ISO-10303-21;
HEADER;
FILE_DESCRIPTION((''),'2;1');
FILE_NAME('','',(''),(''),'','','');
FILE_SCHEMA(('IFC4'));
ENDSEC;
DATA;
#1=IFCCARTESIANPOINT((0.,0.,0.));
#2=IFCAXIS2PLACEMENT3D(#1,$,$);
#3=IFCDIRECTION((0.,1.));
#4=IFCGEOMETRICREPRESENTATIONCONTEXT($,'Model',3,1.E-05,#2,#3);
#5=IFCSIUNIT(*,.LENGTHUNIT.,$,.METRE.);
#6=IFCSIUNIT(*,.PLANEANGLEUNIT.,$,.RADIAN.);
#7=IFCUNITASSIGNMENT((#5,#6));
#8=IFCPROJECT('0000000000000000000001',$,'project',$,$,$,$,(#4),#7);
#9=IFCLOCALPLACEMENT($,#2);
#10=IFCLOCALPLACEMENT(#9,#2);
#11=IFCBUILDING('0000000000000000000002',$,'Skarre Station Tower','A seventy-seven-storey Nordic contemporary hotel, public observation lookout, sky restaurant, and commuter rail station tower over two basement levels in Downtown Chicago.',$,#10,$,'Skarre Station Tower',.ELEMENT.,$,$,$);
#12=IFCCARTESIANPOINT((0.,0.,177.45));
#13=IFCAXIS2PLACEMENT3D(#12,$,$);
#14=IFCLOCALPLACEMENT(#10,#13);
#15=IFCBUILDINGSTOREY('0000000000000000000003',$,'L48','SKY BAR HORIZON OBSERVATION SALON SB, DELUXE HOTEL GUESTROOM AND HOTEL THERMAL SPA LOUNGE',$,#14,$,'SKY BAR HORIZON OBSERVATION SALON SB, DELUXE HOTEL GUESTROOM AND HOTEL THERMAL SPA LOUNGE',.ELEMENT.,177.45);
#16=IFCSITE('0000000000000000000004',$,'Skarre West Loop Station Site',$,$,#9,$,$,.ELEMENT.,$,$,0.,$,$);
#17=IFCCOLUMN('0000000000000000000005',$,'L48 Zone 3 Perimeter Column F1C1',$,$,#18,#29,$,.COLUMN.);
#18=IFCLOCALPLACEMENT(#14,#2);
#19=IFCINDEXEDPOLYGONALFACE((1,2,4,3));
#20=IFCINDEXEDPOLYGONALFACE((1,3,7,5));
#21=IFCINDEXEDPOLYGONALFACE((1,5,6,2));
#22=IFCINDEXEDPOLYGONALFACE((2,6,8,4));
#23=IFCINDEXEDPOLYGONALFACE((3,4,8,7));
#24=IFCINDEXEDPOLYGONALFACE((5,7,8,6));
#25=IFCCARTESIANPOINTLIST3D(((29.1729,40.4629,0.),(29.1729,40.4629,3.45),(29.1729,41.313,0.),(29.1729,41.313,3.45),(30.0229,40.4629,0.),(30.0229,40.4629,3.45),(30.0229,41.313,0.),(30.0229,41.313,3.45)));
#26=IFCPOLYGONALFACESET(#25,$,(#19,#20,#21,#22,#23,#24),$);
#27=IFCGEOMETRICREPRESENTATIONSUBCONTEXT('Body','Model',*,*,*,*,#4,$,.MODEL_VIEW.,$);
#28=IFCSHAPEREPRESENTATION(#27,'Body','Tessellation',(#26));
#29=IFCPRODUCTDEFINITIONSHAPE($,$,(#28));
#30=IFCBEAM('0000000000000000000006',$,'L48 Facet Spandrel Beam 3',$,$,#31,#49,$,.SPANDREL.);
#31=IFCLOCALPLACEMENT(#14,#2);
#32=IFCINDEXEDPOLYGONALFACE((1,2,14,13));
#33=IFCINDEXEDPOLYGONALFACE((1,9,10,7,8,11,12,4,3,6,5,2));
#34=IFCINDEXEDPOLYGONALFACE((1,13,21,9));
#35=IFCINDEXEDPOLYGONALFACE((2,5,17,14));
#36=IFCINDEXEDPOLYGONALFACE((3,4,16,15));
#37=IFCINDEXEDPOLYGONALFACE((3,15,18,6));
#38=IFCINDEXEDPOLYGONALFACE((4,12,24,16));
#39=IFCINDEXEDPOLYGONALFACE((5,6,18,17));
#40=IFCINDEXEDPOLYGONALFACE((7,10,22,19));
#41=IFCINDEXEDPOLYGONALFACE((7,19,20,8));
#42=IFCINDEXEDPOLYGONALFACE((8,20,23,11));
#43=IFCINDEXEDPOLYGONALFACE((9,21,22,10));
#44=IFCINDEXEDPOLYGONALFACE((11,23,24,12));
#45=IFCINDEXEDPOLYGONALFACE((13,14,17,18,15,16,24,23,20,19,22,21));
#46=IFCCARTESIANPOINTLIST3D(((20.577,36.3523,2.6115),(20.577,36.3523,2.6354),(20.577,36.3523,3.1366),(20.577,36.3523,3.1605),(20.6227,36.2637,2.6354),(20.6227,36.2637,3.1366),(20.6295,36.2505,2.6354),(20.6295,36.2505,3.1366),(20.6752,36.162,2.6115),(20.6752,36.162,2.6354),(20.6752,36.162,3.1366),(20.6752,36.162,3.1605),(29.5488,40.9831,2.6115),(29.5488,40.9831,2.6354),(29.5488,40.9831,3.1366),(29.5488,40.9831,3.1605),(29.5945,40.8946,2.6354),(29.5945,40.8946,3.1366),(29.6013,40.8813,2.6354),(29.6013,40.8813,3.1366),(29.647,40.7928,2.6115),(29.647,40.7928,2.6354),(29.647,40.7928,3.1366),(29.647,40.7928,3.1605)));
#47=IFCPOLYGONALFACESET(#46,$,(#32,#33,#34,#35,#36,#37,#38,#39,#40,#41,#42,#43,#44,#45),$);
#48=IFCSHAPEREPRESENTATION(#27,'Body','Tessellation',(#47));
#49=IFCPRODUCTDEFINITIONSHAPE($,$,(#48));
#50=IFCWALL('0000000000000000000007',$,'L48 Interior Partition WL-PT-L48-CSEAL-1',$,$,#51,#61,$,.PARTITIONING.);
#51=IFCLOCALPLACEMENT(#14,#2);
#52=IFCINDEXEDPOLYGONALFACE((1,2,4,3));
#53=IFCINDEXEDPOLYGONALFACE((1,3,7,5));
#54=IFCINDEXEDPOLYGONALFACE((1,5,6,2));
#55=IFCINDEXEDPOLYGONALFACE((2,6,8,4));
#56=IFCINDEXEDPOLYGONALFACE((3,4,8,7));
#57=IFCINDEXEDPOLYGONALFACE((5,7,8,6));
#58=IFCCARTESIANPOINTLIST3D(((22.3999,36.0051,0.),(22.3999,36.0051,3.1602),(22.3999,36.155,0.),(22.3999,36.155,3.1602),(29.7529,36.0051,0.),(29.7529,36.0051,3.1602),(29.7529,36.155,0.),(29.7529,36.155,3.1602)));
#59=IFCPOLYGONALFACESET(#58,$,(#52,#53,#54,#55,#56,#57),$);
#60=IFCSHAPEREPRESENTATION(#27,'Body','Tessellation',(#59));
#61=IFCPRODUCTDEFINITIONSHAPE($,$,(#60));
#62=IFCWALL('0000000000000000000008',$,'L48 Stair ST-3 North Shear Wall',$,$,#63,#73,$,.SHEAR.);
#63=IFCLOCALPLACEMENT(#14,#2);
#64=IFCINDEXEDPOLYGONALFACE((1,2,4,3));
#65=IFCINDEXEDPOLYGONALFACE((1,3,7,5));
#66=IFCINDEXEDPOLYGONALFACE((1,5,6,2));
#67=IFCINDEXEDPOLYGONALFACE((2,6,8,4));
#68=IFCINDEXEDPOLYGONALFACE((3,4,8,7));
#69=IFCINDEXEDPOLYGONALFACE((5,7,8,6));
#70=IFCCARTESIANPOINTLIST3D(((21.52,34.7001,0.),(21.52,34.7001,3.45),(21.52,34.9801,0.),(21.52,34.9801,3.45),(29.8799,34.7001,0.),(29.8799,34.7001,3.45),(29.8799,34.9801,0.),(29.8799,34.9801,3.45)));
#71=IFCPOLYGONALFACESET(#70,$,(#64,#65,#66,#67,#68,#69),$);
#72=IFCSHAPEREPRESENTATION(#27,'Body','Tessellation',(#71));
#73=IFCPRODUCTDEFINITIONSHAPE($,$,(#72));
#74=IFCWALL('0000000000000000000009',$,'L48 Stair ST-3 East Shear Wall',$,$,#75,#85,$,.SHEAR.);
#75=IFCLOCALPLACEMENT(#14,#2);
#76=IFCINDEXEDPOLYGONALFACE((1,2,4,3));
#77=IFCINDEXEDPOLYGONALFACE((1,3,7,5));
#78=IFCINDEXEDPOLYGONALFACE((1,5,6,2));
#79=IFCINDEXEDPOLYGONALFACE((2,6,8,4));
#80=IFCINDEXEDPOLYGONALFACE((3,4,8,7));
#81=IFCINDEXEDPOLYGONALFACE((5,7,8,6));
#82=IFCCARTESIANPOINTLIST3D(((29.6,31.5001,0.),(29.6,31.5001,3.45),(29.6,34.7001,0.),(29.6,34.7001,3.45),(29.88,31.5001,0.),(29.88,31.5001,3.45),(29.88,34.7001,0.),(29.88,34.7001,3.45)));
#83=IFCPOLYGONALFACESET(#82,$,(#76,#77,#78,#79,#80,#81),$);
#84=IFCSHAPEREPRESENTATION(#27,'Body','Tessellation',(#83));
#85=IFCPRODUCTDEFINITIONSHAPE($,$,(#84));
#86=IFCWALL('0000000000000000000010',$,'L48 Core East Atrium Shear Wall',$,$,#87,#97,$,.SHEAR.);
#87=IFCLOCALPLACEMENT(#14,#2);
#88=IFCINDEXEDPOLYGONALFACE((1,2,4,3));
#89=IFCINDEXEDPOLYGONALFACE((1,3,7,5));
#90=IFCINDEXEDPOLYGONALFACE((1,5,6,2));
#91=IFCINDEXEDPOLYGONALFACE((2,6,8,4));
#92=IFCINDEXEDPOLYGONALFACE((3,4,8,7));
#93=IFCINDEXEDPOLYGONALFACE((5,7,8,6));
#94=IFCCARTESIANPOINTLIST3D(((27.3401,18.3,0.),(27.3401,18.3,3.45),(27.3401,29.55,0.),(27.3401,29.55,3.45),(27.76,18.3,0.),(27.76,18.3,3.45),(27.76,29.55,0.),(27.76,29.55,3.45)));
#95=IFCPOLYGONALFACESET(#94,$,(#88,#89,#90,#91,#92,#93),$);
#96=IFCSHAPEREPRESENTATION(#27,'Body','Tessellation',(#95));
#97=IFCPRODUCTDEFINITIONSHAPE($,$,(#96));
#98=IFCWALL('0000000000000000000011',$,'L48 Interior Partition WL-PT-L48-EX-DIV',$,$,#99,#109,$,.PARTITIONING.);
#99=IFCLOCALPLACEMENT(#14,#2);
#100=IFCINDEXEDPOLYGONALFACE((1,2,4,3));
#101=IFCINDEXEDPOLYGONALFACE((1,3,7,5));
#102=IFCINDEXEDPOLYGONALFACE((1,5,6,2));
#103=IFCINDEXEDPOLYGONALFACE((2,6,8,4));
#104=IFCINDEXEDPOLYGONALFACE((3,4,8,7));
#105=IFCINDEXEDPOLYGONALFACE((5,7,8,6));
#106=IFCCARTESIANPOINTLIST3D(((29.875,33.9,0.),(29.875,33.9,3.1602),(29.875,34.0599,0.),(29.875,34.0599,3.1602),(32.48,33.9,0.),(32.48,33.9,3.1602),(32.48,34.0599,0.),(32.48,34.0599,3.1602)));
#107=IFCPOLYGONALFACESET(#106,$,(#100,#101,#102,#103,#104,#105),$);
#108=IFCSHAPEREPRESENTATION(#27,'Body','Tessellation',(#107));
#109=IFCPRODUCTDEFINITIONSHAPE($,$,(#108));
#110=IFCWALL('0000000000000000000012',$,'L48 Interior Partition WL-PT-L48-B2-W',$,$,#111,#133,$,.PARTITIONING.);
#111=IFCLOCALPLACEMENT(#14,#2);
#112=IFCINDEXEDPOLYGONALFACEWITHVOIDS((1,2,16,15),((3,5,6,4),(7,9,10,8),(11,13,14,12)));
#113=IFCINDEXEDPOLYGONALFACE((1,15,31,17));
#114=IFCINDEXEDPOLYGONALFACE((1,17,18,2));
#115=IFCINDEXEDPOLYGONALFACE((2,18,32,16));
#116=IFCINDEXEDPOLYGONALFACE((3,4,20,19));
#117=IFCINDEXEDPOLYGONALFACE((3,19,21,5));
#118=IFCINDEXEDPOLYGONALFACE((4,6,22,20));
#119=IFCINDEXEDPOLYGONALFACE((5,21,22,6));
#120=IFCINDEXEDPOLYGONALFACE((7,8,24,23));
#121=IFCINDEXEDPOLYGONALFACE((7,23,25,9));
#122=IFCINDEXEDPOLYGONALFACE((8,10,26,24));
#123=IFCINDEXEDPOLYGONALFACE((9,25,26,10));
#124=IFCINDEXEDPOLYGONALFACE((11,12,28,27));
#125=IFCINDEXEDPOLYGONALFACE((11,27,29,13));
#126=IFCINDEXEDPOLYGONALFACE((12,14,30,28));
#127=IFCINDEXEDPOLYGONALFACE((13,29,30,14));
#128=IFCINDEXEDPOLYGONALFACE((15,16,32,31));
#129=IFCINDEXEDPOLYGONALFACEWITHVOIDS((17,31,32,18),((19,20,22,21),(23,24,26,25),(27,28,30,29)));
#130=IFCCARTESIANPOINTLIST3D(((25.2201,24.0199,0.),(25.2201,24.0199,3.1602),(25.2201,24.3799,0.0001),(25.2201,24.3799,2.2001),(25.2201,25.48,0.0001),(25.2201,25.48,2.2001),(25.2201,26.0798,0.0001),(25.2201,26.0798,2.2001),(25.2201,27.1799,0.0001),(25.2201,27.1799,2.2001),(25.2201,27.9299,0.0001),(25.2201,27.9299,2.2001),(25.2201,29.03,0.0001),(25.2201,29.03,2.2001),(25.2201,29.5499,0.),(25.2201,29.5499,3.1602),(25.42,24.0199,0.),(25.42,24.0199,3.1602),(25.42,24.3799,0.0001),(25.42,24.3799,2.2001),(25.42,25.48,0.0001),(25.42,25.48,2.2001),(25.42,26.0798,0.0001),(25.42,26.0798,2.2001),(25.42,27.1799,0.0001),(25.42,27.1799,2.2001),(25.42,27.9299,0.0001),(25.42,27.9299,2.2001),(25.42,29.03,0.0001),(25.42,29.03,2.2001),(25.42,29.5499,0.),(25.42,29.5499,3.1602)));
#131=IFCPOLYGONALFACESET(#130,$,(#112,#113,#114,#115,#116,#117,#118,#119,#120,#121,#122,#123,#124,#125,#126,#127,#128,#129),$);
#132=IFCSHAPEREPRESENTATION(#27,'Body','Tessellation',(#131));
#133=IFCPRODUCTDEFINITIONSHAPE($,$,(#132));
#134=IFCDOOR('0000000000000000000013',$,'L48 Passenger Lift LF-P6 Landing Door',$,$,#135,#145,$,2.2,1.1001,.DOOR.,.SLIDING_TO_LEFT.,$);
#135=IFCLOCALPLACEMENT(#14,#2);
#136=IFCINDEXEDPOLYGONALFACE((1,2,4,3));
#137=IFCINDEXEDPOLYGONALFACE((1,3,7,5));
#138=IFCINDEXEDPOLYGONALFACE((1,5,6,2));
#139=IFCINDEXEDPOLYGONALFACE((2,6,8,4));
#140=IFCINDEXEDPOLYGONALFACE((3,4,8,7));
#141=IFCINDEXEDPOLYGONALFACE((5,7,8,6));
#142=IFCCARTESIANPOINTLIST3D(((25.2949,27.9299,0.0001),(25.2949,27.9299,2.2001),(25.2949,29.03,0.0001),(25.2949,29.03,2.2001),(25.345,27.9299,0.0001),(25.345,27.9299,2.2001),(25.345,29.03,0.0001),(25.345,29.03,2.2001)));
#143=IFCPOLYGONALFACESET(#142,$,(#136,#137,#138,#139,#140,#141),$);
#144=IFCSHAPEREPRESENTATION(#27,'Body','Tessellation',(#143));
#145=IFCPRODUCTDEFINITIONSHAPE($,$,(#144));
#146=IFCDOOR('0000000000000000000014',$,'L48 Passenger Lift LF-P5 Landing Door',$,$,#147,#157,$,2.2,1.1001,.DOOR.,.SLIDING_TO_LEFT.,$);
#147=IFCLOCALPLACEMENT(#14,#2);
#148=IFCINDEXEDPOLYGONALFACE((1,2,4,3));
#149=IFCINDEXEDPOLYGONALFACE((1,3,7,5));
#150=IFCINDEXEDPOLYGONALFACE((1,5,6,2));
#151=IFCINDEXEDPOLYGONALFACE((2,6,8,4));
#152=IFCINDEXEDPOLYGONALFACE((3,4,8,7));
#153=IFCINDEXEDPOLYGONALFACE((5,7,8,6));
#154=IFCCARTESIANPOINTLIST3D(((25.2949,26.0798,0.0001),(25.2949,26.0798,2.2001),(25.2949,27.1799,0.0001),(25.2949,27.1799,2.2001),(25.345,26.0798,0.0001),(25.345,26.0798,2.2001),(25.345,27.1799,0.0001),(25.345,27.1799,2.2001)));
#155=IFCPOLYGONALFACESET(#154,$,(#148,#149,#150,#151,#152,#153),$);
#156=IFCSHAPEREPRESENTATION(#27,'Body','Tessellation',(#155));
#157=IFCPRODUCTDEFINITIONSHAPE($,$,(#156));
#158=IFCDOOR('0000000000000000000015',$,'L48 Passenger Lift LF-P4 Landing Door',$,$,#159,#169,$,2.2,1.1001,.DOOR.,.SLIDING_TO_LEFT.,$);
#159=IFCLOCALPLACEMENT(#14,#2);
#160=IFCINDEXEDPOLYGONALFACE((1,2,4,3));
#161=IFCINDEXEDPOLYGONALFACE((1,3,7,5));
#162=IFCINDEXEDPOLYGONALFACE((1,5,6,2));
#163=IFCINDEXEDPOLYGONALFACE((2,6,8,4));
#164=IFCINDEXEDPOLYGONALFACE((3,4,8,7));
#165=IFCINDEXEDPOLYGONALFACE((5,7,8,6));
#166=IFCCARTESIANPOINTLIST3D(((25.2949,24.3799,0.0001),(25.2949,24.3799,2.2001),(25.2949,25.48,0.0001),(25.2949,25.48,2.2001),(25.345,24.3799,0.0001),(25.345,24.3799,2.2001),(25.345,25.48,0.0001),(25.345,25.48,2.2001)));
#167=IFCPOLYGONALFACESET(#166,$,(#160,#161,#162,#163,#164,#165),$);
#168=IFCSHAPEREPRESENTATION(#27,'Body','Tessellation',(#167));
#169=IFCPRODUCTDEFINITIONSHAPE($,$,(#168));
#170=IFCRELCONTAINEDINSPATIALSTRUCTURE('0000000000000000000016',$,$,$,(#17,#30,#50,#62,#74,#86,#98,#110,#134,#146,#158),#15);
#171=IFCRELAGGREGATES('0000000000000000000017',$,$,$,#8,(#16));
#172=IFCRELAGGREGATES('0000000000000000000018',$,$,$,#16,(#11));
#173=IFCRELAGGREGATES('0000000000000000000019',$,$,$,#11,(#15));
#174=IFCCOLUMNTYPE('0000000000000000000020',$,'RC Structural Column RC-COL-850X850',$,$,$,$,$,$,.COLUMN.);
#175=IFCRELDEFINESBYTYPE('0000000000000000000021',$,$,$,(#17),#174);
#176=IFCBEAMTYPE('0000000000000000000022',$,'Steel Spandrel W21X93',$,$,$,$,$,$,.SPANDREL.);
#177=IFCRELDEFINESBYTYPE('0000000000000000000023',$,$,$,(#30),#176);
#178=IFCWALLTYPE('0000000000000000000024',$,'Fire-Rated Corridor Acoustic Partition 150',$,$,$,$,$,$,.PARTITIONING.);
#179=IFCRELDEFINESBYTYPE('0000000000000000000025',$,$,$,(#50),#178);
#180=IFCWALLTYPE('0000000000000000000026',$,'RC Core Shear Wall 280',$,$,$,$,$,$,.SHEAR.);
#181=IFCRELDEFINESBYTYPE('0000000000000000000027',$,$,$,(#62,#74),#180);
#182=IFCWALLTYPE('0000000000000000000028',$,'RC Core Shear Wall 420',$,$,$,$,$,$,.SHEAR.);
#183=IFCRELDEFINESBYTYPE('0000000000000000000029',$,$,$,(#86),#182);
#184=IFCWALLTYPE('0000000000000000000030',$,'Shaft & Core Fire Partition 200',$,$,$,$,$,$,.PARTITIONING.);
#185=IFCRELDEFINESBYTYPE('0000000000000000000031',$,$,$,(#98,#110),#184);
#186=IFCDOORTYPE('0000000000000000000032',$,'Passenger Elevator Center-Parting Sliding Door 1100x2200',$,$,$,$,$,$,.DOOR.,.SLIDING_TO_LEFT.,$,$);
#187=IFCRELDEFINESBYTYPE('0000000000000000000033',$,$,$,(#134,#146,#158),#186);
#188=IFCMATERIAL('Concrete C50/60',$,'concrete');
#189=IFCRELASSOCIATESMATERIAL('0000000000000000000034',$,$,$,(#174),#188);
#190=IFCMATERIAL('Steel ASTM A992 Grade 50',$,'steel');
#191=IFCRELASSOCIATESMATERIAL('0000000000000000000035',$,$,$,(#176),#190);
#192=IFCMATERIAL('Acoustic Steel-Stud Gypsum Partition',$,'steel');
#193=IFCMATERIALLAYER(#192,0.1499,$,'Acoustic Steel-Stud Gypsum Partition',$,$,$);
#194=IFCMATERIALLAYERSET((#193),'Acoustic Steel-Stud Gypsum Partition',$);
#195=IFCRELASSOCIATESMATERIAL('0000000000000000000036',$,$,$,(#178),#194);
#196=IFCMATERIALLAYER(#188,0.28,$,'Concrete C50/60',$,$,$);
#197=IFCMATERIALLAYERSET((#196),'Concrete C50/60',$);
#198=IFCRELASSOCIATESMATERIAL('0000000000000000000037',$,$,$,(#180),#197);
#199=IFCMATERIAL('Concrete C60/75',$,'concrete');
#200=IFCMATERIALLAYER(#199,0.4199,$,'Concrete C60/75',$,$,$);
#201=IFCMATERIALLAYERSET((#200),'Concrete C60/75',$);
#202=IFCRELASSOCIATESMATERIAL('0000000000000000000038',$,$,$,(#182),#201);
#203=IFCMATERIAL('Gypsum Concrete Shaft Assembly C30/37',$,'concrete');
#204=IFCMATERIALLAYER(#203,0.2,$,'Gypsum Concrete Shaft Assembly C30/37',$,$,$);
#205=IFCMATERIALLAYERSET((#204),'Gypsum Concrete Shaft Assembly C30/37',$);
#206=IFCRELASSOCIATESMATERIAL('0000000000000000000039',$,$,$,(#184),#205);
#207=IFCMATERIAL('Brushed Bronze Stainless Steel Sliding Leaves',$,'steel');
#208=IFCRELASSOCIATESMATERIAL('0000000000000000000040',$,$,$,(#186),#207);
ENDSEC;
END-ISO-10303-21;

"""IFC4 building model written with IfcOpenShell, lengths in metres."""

from ifc_helpers import new_model, si_unit, direction, frame, frame_2d, origin, origin_2d, place, context, subcontext, project, spatial, rectangle, i_section, extrude, material, layer, layer_set, material_profile, profile_set, type_object, element, fill, save


model = new_model("IFC4")

# Units and contexts
model_context = context("Model", 3, precision=1e-05, world=origin(), true_north=direction((0.0, 1.0)))
body_context = subcontext(model_context, "Body", "Model", "MODEL_VIEW")
ifc_project = project(units=[si_unit("LENGTHUNIT", "METRE"), si_unit("PLANEANGLEUNIT", "RADIAN")], contexts=[model_context])

# Site, building, storey
site_placement = place(None, origin())
site = spatial("IfcSite", under=ifc_project, at=site_placement, Name="Skarre West Loop Station Site", CompositionType="ELEMENT", RefElevation=0.0)
building_placement = place(site_placement, origin())
building = spatial("IfcBuilding", under=site, at=building_placement, Name="Skarre Station Tower", Description="A seventy-seven-storey Nordic contemporary hotel, public observation lookout, sky restaurant, and commuter rail station tower over two basement levels in Downtown Chicago.", LongName="Skarre Station Tower", CompositionType="ELEMENT")
storey_placement = place(building_placement, frame((0.0, 0.0, 177.45)))
storey = spatial("IfcBuildingStorey", under=building, at=storey_placement, Name="L48", Description="SKY BAR HORIZON OBSERVATION SALON SB, DELUXE HOTEL GUESTROOM AND HOTEL THERMAL SPA LOUNGE", LongName="SKY BAR HORIZON OBSERVATION SALON SB, DELUXE HOTEL GUESTROOM AND HOTEL THERMAL SPA LOUNGE", CompositionType="ELEMENT", Elevation=177.45)

# Column
ifc_material_1 = material(Name="Concrete C50/60", Category="concrete")
ifc_material_profile_1 = material_profile(ifc_material_1, rectangle(XDim=0.8501, YDim=0.8501, at=origin_2d()), Name="Concrete C50/60")
ifc_profile_set_1 = profile_set([ifc_material_profile_1], Name="Concrete C50/60")
column_type = type_object("IfcColumnType", Name="RC Structural Column RC-COL-850X850", PredefinedType="COLUMN", material=ifc_profile_set_1)
column_placement = place(storey_placement, frame((29.5979, 40.8879, 0.0), z_axis=(0.0, 0.0, 1.0), x_axis=(1.0, 0.0, 0.0)))
element("IfcColumn", 1, at=column_placement, inside=storey, type_object=column_type, Name="L48 Zone 3 Perimeter Column F1C1", PredefinedType="COLUMN", context=body_context, shape_type="SweptSolid", body=[
    extrude(rectangle(XDim=0.8501, YDim=0.8501, at=origin_2d()), origin(), (0.0, 0.0, 1.0), 3.45),
])

# Beam
ifc_material_2 = material(Name="Steel ASTM A992 Grade 50", Category="steel")
ifc_material_profile_2 = material_profile(ifc_material_2, i_section(OverallWidth=0.2141, OverallDepth=0.5491, WebThickness=0.0149, FlangeThickness=0.0239, at=origin_2d()), Name="Steel ASTM A992 Grade 50")
ifc_profile_set_2 = profile_set([ifc_material_profile_2], Name="Steel ASTM A992 Grade 50")
beam_type = type_object("IfcBeamType", Name="Steel Spandrel W21X93", PredefinedType="SPANDREL", material=ifc_profile_set_2)
beam_placement = place(storey_placement, frame((29.5979, 40.8879, 2.886), z_axis=(-0.888613, -0.458658, 0.0), x_axis=(0.458658, -0.888613, 0.0)))
element("IfcBeam", 2, at=beam_placement, inside=storey, type_object=beam_type, Name="L48 Facet Spandrel Beam 3", PredefinedType="SPANDREL", context=body_context, shape_type="SweptSolid", body=[
    extrude(i_section(OverallWidth=0.2141, OverallDepth=0.5491, WebThickness=0.0149, FlangeThickness=0.0239, at=origin_2d()), origin(), (0.0, 0.0, 1.0), 10.0964),
])

# Walls
ifc_material_3 = material(Name="Acoustic Steel-Stud Gypsum Partition", Category="steel")
ifc_layer_1 = layer(ifc_material_3, 0.1499, Name="Acoustic Steel-Stud Gypsum Partition")
ifc_layer_set_1 = layer_set([ifc_layer_1], Name="Acoustic Steel-Stud Gypsum Partition")
wall_type_1 = type_object("IfcWallType", Name="Fire-Rated Corridor Acoustic Partition 150", PredefinedType="PARTITIONING", material=ifc_layer_set_1)
wall_1_placement = place(storey_placement, frame((29.7529, 36.0801, 0.0), z_axis=(0.0, 0.0, 1.0), x_axis=(-1.0, 0.0, 0.0)))
element("IfcWall", 3, at=wall_1_placement, inside=storey, type_object=wall_type_1, Name="L48 Interior Partition WL-PT-L48-CSEAL-1", PredefinedType="PARTITIONING", context=body_context, shape_type="SweptSolid", body=[
    extrude(rectangle(XDim=7.353, YDim=0.1499, at=frame_2d((3.6765, 0.0))), origin(), (0.0, 0.0, 1.0), 3.1602),
])
ifc_layer_2 = layer(ifc_material_1, 0.28, Name="Concrete C50/60")
ifc_layer_set_2 = layer_set([ifc_layer_2], Name="Concrete C50/60")
wall_type_2 = type_object("IfcWallType", Name="RC Core Shear Wall 280", PredefinedType="SHEAR", material=ifc_layer_set_2)
wall_2_placement = place(storey_placement, frame((29.8799, 34.8401, 0.0), z_axis=(0.0, 0.0, 1.0), x_axis=(-1.0, 0.0, 0.0)))
element("IfcWall", 4, at=wall_2_placement, inside=storey, type_object=wall_type_2, Name="L48 Stair ST-3 North Shear Wall", PredefinedType="SHEAR", context=body_context, shape_type="SweptSolid", body=[
    extrude(rectangle(XDim=8.3599, YDim=0.28, at=frame_2d((4.1799, 0.0))), origin(), (0.0, 0.0, 1.0), 3.45),
])
wall_3_placement = place(storey_placement, frame((29.74, 31.5, 0.0), z_axis=(0.0, 0.0, 1.0), x_axis=(0.0, 1.0, 0.0)))
element("IfcWall", 5, at=wall_3_placement, inside=storey, type_object=wall_type_2, Name="L48 Stair ST-3 East Shear Wall", PredefinedType="SHEAR", context=body_context, shape_type="SweptSolid", body=[
    extrude(rectangle(XDim=3.2, YDim=0.28, at=frame_2d((1.6001, 0.0))), origin(), (0.0, 0.0, 1.0), 3.45),
])
ifc_material_4 = material(Name="Concrete C60/75", Category="concrete")
ifc_layer_3 = layer(ifc_material_4, 0.4199, Name="Concrete C60/75")
ifc_layer_set_3 = layer_set([ifc_layer_3], Name="Concrete C60/75")
wall_type_3 = type_object("IfcWallType", Name="RC Core Shear Wall 420", PredefinedType="SHEAR", material=ifc_layer_set_3)
wall_4_placement = place(storey_placement, frame((27.55, 29.55, 0.0), z_axis=(0.0, 0.0, 1.0), x_axis=(0.0, -1.0, 0.0)))
element("IfcWall", 6, at=wall_4_placement, inside=storey, type_object=wall_type_3, Name="L48 Core East Atrium Shear Wall", PredefinedType="SHEAR", context=body_context, shape_type="SweptSolid", body=[
    extrude(rectangle(XDim=11.25, YDim=0.4199, at=frame_2d((5.625, 0.0))), origin(), (0.0, 0.0, 1.0), 3.45),
])
ifc_material_5 = material(Name="Gypsum Concrete Shaft Assembly C30/37", Category="concrete")
ifc_layer_4 = layer(ifc_material_5, 0.2, Name="Gypsum Concrete Shaft Assembly C30/37")
ifc_layer_set_4 = layer_set([ifc_layer_4], Name="Gypsum Concrete Shaft Assembly C30/37")
wall_type_4 = type_object("IfcWallType", Name="Shaft & Core Fire Partition 200", PredefinedType="PARTITIONING", material=ifc_layer_set_4)
wall_5_placement = place(storey_placement, frame((29.875, 33.98, 0.0), z_axis=(0.0, 0.0, 1.0), x_axis=(1.0, 0.0, 0.0)))
element("IfcWall", 7, at=wall_5_placement, inside=storey, type_object=wall_type_4, Name="L48 Interior Partition WL-PT-L48-EX-DIV", PredefinedType="PARTITIONING", context=body_context, shape_type="SweptSolid", body=[
    extrude(rectangle(XDim=2.605, YDim=0.1599, at=frame_2d((1.3025, 0.0))), origin(), (0.0, 0.0, 1.0), 3.1602),
])

# Wall, openings, doors
wall_6_placement = place(storey_placement, frame((25.3201, 29.55, 0.0), z_axis=(0.0, 0.0, 1.0), x_axis=(0.0, -1.0, 0.0)))
wall_6 = element("IfcWall", 8, at=wall_6_placement, inside=storey, type_object=wall_type_4, Name="L48 Interior Partition WL-PT-L48-B2-W", PredefinedType="PARTITIONING", context=body_context, shape_type="SweptSolid", body=[
    extrude(rectangle(XDim=5.53, YDim=0.2, at=frame_2d((2.7651, 0.0))), origin(), (0.0, 0.0, 1.0), 3.1602),
])
opening_1_placement = place(wall_6_placement, frame((0.52, 0.0, 0.0)))
opening_1 = element("IfcOpeningElement", 9, at=opening_1_placement, cuts=wall_6, PredefinedType="OPENING", context=body_context, shape_type="SweptSolid", body=[
    extrude(rectangle(XDim=1.1001, YDim=2.2, at=frame_2d((0.55, 1.1001))), frame((0.0, 0.1099, 0.0), z_axis=(0.0, -1.0, 0.0), x_axis=(1.0, 0.0, 0.0)), (0.0, 0.0, 1.0), 0.22),
])
opening_2_placement = place(wall_6_placement, frame((2.3701, 0.0, 0.0)))
opening_2 = element("IfcOpeningElement", 10, at=opening_2_placement, cuts=wall_6, PredefinedType="OPENING", context=body_context, shape_type="SweptSolid", body=[
    extrude(rectangle(XDim=1.1001, YDim=2.2, at=frame_2d((0.55, 1.1001))), frame((0.0, 0.1099, 0.0), z_axis=(0.0, -1.0, 0.0), x_axis=(1.0, 0.0, 0.0)), (0.0, 0.0, 1.0), 0.22),
])
opening_3_placement = place(wall_6_placement, frame((4.0701, 0.0, 0.0)))
opening_3 = element("IfcOpeningElement", 11, at=opening_3_placement, cuts=wall_6, PredefinedType="OPENING", context=body_context, shape_type="SweptSolid", body=[
    extrude(rectangle(XDim=1.1001, YDim=2.2, at=frame_2d((0.55, 1.1001))), frame((0.0, 0.1099, 0.0), z_axis=(0.0, -1.0, 0.0), x_axis=(1.0, 0.0, 0.0)), (0.0, 0.0, 1.0), 0.22),
])
ifc_material_6 = material(Name="Brushed Bronze Stainless Steel Sliding Leaves", Category="steel")
door_type = type_object("IfcDoorType", Name="Passenger Elevator Center-Parting Sliding Door 1100x2200", OperationType="SLIDING_TO_LEFT", PredefinedType="DOOR", material=ifc_material_6)
door_1_placement = place(opening_1_placement, origin())
door_1 = element("IfcDoor", 12, at=door_1_placement, inside=storey, type_object=door_type, Name="L48 Passenger Lift LF-P6 Landing Door", OperationType="SLIDING_TO_LEFT", OverallHeight=2.2, OverallWidth=1.1001, PredefinedType="DOOR", context=body_context, shape_type="SweptSolid", body=[
    extrude(rectangle(XDim=1.1001, YDim=2.2, at=frame_2d((0.55, 1.1001))), frame((0.0, 0.0249, 0.0), z_axis=(0.0, -1.0, 0.0), x_axis=(1.0, 0.0, 0.0)), (0.0, 0.0, 1.0), 0.05),
])
fill(opening_1, door_1)
door_2_placement = place(opening_2_placement, origin())
door_2 = element("IfcDoor", 13, at=door_2_placement, inside=storey, type_object=door_type, Name="L48 Passenger Lift LF-P5 Landing Door", OperationType="SLIDING_TO_LEFT", OverallHeight=2.2, OverallWidth=1.1001, PredefinedType="DOOR", context=body_context, shape_type="SweptSolid", body=[
    extrude(rectangle(XDim=1.1001, YDim=2.2, at=frame_2d((0.55, 1.1001))), frame((0.0, 0.0249, 0.0), z_axis=(0.0, -1.0, 0.0), x_axis=(1.0, 0.0, 0.0)), (0.0, 0.0, 1.0), 0.05),
])
fill(opening_2, door_2)
door_3_placement = place(opening_3_placement, origin())
door_3 = element("IfcDoor", 14, at=door_3_placement, inside=storey, type_object=door_type, Name="L48 Passenger Lift LF-P4 Landing Door", OperationType="SLIDING_TO_LEFT", OverallHeight=2.2, OverallWidth=1.1001, PredefinedType="DOOR", context=body_context, shape_type="SweptSolid", body=[
    extrude(rectangle(XDim=1.1001, YDim=2.2, at=frame_2d((0.55, 1.1001))), frame((0.0, 0.0249, 0.0), z_axis=(0.0, -1.0, 0.0), x_axis=(1.0, 0.0, 0.0)), (0.0, 0.0, 1.0), 0.05),
])
fill(opening_3, door_3)

save(model, "model.ifc")
